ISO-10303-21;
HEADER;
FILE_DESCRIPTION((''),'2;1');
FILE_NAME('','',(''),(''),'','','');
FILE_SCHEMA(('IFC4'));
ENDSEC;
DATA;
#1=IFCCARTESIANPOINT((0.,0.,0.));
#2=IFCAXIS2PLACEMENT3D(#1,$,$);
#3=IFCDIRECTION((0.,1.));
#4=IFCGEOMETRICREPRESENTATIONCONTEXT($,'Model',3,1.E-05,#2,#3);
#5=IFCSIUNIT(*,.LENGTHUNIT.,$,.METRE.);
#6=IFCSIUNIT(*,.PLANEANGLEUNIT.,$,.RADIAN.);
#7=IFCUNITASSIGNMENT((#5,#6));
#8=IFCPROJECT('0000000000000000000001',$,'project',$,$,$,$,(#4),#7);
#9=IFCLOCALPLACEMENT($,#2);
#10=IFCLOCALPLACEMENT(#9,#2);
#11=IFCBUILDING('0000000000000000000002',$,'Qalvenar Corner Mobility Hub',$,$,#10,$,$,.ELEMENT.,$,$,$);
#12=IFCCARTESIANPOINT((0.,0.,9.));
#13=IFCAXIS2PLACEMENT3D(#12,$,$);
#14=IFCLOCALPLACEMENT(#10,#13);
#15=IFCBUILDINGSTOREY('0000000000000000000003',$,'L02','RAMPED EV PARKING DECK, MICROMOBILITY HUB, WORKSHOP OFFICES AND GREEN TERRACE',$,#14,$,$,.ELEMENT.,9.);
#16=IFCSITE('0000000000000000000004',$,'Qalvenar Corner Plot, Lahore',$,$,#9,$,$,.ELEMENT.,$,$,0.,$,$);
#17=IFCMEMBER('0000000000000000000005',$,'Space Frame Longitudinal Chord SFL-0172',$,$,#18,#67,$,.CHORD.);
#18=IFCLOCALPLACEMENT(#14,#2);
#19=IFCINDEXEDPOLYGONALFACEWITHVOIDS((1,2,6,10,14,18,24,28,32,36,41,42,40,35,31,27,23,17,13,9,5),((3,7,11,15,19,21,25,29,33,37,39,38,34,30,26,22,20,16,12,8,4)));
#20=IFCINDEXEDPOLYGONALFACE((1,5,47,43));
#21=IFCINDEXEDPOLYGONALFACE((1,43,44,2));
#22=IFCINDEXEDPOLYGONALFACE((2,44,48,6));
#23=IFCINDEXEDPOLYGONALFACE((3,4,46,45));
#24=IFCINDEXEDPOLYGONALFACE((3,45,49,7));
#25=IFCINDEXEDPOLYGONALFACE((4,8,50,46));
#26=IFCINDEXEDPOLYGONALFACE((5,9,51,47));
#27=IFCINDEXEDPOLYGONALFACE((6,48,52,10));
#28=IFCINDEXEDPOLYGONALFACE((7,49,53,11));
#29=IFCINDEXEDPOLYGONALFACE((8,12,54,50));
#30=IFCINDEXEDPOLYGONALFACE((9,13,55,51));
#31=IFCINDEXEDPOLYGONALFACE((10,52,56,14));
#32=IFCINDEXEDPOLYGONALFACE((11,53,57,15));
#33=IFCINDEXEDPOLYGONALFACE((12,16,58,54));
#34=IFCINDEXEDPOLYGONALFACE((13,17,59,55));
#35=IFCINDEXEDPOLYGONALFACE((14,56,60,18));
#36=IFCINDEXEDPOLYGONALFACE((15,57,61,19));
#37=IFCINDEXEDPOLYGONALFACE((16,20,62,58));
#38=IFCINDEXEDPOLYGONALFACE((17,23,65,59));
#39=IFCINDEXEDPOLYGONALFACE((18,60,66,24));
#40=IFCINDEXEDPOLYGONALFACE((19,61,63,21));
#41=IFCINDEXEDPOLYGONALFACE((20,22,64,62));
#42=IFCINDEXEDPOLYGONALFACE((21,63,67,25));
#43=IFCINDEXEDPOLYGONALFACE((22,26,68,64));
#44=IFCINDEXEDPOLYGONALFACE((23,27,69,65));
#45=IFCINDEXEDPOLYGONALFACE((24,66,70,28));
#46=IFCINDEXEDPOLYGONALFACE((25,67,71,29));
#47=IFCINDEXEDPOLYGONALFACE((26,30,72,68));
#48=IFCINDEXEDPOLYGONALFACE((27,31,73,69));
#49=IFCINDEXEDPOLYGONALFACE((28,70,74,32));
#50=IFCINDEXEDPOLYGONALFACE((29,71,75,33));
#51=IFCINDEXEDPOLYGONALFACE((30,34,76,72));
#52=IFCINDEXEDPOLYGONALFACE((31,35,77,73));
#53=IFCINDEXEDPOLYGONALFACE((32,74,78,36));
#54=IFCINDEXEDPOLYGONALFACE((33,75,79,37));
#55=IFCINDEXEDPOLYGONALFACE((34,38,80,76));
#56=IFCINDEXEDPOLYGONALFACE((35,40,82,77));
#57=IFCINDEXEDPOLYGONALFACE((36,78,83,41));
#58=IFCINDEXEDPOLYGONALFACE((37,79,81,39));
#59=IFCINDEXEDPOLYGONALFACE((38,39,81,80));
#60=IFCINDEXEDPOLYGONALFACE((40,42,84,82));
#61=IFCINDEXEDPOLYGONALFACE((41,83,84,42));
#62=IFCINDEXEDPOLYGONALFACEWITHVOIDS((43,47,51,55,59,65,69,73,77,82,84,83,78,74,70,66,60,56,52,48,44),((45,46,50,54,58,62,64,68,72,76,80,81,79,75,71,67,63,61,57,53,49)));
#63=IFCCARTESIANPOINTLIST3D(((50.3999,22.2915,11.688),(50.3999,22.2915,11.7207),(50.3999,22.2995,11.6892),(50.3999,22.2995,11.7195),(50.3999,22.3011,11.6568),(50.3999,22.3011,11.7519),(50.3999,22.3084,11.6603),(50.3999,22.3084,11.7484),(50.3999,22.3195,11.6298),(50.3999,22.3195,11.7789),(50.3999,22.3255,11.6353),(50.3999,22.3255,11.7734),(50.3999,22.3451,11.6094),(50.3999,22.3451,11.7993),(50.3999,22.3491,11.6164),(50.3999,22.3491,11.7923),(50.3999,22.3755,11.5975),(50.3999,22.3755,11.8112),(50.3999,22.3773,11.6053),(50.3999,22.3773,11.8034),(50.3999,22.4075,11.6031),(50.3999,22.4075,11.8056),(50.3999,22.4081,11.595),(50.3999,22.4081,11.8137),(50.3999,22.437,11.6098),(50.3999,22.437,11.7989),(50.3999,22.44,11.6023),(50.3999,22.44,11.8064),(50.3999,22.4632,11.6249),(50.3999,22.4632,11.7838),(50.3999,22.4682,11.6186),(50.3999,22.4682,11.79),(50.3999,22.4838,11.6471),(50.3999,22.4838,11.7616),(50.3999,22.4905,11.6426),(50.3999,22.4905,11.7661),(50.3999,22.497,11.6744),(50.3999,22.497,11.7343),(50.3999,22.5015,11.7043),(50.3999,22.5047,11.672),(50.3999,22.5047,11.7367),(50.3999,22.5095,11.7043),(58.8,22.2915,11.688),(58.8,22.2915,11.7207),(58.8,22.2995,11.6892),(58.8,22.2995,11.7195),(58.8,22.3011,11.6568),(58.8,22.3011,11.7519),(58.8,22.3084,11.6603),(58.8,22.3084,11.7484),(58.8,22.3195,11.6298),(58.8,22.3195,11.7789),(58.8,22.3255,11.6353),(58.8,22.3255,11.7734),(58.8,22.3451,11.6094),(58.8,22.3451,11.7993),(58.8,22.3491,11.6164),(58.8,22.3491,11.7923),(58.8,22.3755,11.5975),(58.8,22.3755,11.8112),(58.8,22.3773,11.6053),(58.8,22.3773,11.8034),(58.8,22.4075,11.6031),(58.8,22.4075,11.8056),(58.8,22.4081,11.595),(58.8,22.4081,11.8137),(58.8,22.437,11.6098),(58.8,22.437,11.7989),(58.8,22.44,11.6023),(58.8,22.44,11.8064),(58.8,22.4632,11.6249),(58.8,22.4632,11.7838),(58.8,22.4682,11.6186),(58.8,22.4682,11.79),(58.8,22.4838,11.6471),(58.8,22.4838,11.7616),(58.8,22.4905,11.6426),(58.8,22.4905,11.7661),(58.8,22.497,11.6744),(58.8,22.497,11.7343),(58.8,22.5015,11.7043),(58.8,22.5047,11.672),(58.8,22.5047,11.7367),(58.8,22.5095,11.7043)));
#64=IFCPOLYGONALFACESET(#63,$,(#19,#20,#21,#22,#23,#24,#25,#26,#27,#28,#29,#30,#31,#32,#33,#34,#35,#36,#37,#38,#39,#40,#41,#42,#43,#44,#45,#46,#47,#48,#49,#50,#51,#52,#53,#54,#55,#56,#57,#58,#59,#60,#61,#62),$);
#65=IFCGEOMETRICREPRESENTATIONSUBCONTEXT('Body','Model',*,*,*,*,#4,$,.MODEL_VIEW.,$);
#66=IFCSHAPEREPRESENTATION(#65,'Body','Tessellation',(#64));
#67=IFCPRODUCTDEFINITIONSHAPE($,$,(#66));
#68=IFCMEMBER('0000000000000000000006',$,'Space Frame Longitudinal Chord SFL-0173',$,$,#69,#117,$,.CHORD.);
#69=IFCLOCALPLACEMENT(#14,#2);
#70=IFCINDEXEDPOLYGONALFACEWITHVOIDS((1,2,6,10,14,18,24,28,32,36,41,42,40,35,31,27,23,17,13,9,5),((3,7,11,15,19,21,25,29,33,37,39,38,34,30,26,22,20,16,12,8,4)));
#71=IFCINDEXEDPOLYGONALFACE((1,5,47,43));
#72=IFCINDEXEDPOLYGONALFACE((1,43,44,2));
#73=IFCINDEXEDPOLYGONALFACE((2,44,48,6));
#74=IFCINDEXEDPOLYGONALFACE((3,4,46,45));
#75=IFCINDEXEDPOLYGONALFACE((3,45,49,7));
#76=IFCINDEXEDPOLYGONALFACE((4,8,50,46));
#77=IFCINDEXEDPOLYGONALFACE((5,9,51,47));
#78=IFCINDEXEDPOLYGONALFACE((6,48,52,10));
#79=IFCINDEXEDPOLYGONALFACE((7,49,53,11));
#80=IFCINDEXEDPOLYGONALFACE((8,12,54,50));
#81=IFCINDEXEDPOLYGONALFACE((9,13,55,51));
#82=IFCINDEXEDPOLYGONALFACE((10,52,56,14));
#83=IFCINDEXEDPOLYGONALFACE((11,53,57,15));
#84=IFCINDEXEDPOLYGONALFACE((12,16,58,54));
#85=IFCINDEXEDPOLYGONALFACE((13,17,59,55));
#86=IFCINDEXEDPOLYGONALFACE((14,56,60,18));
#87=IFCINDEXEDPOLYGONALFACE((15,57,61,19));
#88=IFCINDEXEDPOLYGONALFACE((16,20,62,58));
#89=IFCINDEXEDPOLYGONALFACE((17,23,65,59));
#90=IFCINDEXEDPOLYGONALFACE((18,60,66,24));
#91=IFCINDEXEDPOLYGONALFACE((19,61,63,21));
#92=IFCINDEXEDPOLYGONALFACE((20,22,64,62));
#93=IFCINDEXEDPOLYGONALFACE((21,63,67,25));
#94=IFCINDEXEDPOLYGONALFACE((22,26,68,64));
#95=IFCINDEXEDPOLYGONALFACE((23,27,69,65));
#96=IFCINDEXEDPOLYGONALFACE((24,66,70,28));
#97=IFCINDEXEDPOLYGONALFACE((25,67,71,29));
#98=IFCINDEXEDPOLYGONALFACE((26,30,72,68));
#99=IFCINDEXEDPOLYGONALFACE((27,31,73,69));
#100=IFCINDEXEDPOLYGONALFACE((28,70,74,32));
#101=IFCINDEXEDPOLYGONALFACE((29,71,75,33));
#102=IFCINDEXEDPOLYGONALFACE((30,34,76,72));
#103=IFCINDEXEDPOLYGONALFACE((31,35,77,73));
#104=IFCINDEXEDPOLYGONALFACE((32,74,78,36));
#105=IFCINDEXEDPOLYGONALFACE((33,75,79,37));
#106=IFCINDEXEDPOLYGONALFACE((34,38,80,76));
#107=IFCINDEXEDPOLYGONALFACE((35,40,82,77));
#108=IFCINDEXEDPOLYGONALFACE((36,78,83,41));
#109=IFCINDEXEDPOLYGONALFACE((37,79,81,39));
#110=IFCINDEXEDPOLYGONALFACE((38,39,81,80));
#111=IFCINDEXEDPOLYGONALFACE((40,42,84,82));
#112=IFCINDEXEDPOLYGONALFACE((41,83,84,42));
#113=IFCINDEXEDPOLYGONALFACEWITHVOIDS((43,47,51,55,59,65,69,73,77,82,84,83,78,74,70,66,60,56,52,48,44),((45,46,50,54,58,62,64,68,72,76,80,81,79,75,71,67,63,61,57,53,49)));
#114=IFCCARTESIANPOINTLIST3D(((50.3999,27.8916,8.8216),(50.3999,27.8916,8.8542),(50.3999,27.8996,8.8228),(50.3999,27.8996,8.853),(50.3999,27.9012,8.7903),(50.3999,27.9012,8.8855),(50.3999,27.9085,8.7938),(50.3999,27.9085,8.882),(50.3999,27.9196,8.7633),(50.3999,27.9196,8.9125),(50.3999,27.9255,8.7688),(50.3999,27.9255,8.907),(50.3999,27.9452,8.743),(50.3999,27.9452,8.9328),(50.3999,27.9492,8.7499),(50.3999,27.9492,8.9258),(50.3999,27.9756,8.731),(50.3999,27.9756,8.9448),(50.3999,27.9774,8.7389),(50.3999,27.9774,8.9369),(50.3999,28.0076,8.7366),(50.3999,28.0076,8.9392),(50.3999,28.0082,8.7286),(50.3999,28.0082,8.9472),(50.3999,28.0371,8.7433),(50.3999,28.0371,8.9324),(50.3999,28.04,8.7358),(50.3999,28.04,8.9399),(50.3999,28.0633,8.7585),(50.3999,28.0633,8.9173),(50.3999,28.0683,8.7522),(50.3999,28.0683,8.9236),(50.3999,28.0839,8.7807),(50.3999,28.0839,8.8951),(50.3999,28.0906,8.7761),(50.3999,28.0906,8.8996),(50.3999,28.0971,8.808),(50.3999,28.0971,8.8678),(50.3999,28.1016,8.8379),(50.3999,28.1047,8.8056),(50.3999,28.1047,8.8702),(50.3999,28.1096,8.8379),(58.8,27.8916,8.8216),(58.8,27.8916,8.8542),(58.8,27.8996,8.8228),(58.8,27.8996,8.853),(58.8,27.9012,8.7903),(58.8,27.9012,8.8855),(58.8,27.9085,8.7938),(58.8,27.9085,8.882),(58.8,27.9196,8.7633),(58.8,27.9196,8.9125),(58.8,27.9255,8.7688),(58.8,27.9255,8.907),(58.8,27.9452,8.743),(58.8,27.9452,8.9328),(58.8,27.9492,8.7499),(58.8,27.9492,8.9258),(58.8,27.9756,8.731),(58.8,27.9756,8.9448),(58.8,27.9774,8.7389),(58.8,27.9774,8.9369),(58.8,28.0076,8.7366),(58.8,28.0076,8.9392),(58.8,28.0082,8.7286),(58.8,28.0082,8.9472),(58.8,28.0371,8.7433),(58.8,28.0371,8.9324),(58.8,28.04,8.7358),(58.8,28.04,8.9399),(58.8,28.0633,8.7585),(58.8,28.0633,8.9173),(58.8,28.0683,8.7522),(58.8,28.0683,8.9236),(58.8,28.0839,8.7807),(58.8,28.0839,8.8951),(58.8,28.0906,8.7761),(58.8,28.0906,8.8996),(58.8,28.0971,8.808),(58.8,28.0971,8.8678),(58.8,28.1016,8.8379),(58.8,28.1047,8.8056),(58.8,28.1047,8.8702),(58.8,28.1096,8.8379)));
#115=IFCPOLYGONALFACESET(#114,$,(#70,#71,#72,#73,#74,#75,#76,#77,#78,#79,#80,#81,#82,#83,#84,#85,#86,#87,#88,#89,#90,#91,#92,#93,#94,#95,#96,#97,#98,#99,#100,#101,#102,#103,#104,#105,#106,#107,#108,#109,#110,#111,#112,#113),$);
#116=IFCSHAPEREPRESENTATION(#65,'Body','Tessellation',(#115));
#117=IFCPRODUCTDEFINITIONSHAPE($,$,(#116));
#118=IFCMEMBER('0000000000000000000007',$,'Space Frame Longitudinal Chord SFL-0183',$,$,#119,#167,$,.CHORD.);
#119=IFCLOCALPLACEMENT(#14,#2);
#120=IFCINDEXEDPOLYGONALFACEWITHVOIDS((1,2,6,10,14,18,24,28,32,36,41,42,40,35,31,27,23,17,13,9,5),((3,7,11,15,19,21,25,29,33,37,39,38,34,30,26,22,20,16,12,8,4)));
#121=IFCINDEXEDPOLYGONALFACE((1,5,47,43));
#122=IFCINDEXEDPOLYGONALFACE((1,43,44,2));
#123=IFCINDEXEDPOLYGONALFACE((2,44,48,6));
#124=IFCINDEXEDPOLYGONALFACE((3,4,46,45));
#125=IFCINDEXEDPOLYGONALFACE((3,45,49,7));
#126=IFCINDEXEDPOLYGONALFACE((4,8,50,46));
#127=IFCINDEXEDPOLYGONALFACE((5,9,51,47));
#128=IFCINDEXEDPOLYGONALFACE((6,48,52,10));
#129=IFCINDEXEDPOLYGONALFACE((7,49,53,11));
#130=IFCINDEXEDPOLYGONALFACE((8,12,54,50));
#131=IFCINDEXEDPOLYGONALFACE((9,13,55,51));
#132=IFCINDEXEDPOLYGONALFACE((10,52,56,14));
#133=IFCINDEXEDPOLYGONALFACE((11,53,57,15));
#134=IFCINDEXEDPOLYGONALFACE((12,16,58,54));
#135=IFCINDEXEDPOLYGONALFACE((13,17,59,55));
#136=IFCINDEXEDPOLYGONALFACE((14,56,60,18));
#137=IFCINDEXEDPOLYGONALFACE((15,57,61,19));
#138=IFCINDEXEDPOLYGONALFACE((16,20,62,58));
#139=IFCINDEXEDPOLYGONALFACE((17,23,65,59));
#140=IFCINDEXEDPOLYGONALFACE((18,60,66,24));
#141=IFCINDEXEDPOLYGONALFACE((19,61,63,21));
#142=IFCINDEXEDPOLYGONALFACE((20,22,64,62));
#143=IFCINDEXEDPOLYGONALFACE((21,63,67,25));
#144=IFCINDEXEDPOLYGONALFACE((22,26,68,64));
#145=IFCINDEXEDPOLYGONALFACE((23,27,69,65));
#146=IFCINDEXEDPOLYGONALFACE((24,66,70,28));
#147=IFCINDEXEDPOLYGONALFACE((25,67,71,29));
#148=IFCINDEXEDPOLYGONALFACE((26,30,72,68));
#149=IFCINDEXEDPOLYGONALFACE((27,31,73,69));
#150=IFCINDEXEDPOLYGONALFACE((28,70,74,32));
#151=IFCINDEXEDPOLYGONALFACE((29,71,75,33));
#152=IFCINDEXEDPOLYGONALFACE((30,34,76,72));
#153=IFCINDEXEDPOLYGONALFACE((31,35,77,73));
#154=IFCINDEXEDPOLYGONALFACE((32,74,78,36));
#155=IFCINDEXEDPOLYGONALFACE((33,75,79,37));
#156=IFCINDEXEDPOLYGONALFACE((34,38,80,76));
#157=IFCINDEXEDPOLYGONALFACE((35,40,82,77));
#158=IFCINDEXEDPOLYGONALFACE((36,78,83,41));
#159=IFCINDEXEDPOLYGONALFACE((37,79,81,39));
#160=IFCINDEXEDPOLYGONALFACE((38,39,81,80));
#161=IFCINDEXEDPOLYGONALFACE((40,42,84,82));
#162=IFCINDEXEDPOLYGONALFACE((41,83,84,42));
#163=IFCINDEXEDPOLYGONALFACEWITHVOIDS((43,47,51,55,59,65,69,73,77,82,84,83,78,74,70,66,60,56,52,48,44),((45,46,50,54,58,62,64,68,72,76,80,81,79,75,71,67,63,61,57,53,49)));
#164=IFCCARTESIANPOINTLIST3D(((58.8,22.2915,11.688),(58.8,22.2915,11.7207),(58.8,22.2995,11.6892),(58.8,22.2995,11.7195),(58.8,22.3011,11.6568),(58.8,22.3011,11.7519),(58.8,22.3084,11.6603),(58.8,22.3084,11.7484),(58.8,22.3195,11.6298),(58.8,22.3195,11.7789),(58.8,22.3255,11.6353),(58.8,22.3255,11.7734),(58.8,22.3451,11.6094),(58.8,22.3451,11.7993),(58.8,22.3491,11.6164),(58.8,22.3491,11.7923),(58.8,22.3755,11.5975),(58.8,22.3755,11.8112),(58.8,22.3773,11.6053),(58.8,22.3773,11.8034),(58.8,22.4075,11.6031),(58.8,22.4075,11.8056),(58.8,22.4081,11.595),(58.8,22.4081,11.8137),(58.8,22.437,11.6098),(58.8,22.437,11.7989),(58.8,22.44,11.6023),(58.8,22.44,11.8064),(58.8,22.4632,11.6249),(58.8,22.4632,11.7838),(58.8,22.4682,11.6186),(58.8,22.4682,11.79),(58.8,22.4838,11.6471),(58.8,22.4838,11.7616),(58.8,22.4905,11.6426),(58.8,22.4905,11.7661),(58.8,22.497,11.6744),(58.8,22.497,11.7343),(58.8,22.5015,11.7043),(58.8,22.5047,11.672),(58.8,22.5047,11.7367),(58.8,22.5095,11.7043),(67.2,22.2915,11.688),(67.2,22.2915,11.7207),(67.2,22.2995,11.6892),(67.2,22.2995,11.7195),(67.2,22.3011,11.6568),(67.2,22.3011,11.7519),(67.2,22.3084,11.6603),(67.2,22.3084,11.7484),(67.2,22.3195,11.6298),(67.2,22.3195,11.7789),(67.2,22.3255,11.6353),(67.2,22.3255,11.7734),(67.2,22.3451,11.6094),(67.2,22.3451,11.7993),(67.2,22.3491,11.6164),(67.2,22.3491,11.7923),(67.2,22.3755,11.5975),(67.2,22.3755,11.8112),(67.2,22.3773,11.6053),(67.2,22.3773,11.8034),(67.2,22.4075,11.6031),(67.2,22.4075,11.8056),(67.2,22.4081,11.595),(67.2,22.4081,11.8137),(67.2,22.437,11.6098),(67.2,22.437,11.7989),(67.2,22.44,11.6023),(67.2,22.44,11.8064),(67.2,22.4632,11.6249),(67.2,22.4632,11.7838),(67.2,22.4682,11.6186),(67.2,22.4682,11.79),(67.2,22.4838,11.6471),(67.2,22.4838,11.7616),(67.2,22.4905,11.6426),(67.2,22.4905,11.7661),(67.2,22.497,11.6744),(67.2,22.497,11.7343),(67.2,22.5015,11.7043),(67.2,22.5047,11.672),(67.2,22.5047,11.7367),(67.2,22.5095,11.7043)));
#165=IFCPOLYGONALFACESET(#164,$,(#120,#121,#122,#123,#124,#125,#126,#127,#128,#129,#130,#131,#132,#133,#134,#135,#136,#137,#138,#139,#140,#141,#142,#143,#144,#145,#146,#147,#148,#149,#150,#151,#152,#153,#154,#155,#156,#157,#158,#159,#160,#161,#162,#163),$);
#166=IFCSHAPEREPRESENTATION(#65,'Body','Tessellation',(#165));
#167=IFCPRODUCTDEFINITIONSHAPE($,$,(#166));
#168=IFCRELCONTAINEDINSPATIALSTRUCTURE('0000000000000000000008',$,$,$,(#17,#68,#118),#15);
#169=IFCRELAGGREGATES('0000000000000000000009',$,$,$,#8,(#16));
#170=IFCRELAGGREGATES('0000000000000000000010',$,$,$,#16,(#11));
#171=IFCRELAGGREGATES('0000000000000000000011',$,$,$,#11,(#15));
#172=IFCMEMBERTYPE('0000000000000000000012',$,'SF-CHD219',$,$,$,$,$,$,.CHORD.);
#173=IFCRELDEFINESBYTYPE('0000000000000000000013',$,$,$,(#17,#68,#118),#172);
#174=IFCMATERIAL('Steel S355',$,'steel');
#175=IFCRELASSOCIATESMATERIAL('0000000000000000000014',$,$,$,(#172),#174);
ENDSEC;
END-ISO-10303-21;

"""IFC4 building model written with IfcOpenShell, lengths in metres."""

from ifc_helpers import new_model, si_unit, direction, frame, origin, origin_2d, place, context, subcontext, project, spatial, hollow_circle, extrude, material, material_profile, profile_set, type_object, element, save


model = new_model("IFC4")

# Units and contexts
model_context = context("Model", 3, precision=1e-05, world=origin(), true_north=direction((0.0, 1.0)))
body_context = subcontext(model_context, "Body", "Model", "MODEL_VIEW")
ifc_project = project(units=[si_unit("LENGTHUNIT", "METRE"), si_unit("PLANEANGLEUNIT", "RADIAN")], contexts=[model_context])

# Site, building, storey
site_placement = place(None, origin())
site = spatial("IfcSite", under=ifc_project, at=site_placement, Name="Qalvenar Corner Plot, Lahore", CompositionType="ELEMENT", RefElevation=0.0)
building_placement = place(site_placement, origin())
building = spatial("IfcBuilding", under=site, at=building_placement, Name="Qalvenar Corner Mobility Hub", CompositionType="ELEMENT")
storey_placement = place(building_placement, frame((0.0, 0.0, 9.0)))
storey = spatial("IfcBuildingStorey", under=building, at=storey_placement, Name="L02", Description="RAMPED EV PARKING DECK, MICROMOBILITY HUB, WORKSHOP OFFICES AND GREEN TERRACE", CompositionType="ELEMENT", Elevation=9.0)

# Members
ifc_material_1 = material(Name="Steel S355", Category="steel")
ifc_material_profile_1 = material_profile(ifc_material_1, hollow_circle(Radius=0.1096, WallThickness=0.0081, at=origin_2d()), Name="CHS219.1x8")
ifc_profile_set_1 = profile_set([ifc_material_profile_1], Name="Steel S355")
member_type_1 = type_object("IfcMemberType", Name="SF-CHD219", PredefinedType="CHORD", material=ifc_profile_set_1)
for number, where, z_axis, x_axis, name in (
    (1, (50.3999, 22.3999, 11.7043), (1.0, 0.0, 0.0), (0.0, 1.0, 0.0), "Space Frame Longitudinal Chord SFL-0172"),
    (2, (50.3999, 28.0, 8.8379), (1.0, 0.0, 0.0), (0.0, 1.0, 0.0), "Space Frame Longitudinal Chord SFL-0173"),
):
    element("IfcMember", number, at=place(storey_placement, frame(where, z_axis=z_axis, x_axis=x_axis)), inside=storey, type_object=member_type_1, Name=name, PredefinedType="CHORD", context=body_context, shape_type="SweptSolid", body=[
        extrude(hollow_circle(Radius=0.1096, WallThickness=0.0081, at=origin_2d()), origin(), (0.0, 0.0, 1.0), 8.4001),
    ])
for number, where, z_axis, x_axis, name in (
    (3, (58.8, 22.3999, 11.7043), (1.0, 0.0, 0.0), (0.0, 1.0, 0.0), "Space Frame Longitudinal Chord SFL-0183"),
):
    element("IfcMember", number, at=place(storey_placement, frame(where, z_axis=z_axis, x_axis=x_axis)), inside=storey, type_object=member_type_1, Name=name, PredefinedType="CHORD", context=body_context, shape_type="SweptSolid", body=[
        extrude(hollow_circle(Radius=0.1096, WallThickness=0.0081, at=origin_2d()), origin(), (0.0, 0.0, 1.0), 8.3999),
    ])

save(model, "model.ifc")
